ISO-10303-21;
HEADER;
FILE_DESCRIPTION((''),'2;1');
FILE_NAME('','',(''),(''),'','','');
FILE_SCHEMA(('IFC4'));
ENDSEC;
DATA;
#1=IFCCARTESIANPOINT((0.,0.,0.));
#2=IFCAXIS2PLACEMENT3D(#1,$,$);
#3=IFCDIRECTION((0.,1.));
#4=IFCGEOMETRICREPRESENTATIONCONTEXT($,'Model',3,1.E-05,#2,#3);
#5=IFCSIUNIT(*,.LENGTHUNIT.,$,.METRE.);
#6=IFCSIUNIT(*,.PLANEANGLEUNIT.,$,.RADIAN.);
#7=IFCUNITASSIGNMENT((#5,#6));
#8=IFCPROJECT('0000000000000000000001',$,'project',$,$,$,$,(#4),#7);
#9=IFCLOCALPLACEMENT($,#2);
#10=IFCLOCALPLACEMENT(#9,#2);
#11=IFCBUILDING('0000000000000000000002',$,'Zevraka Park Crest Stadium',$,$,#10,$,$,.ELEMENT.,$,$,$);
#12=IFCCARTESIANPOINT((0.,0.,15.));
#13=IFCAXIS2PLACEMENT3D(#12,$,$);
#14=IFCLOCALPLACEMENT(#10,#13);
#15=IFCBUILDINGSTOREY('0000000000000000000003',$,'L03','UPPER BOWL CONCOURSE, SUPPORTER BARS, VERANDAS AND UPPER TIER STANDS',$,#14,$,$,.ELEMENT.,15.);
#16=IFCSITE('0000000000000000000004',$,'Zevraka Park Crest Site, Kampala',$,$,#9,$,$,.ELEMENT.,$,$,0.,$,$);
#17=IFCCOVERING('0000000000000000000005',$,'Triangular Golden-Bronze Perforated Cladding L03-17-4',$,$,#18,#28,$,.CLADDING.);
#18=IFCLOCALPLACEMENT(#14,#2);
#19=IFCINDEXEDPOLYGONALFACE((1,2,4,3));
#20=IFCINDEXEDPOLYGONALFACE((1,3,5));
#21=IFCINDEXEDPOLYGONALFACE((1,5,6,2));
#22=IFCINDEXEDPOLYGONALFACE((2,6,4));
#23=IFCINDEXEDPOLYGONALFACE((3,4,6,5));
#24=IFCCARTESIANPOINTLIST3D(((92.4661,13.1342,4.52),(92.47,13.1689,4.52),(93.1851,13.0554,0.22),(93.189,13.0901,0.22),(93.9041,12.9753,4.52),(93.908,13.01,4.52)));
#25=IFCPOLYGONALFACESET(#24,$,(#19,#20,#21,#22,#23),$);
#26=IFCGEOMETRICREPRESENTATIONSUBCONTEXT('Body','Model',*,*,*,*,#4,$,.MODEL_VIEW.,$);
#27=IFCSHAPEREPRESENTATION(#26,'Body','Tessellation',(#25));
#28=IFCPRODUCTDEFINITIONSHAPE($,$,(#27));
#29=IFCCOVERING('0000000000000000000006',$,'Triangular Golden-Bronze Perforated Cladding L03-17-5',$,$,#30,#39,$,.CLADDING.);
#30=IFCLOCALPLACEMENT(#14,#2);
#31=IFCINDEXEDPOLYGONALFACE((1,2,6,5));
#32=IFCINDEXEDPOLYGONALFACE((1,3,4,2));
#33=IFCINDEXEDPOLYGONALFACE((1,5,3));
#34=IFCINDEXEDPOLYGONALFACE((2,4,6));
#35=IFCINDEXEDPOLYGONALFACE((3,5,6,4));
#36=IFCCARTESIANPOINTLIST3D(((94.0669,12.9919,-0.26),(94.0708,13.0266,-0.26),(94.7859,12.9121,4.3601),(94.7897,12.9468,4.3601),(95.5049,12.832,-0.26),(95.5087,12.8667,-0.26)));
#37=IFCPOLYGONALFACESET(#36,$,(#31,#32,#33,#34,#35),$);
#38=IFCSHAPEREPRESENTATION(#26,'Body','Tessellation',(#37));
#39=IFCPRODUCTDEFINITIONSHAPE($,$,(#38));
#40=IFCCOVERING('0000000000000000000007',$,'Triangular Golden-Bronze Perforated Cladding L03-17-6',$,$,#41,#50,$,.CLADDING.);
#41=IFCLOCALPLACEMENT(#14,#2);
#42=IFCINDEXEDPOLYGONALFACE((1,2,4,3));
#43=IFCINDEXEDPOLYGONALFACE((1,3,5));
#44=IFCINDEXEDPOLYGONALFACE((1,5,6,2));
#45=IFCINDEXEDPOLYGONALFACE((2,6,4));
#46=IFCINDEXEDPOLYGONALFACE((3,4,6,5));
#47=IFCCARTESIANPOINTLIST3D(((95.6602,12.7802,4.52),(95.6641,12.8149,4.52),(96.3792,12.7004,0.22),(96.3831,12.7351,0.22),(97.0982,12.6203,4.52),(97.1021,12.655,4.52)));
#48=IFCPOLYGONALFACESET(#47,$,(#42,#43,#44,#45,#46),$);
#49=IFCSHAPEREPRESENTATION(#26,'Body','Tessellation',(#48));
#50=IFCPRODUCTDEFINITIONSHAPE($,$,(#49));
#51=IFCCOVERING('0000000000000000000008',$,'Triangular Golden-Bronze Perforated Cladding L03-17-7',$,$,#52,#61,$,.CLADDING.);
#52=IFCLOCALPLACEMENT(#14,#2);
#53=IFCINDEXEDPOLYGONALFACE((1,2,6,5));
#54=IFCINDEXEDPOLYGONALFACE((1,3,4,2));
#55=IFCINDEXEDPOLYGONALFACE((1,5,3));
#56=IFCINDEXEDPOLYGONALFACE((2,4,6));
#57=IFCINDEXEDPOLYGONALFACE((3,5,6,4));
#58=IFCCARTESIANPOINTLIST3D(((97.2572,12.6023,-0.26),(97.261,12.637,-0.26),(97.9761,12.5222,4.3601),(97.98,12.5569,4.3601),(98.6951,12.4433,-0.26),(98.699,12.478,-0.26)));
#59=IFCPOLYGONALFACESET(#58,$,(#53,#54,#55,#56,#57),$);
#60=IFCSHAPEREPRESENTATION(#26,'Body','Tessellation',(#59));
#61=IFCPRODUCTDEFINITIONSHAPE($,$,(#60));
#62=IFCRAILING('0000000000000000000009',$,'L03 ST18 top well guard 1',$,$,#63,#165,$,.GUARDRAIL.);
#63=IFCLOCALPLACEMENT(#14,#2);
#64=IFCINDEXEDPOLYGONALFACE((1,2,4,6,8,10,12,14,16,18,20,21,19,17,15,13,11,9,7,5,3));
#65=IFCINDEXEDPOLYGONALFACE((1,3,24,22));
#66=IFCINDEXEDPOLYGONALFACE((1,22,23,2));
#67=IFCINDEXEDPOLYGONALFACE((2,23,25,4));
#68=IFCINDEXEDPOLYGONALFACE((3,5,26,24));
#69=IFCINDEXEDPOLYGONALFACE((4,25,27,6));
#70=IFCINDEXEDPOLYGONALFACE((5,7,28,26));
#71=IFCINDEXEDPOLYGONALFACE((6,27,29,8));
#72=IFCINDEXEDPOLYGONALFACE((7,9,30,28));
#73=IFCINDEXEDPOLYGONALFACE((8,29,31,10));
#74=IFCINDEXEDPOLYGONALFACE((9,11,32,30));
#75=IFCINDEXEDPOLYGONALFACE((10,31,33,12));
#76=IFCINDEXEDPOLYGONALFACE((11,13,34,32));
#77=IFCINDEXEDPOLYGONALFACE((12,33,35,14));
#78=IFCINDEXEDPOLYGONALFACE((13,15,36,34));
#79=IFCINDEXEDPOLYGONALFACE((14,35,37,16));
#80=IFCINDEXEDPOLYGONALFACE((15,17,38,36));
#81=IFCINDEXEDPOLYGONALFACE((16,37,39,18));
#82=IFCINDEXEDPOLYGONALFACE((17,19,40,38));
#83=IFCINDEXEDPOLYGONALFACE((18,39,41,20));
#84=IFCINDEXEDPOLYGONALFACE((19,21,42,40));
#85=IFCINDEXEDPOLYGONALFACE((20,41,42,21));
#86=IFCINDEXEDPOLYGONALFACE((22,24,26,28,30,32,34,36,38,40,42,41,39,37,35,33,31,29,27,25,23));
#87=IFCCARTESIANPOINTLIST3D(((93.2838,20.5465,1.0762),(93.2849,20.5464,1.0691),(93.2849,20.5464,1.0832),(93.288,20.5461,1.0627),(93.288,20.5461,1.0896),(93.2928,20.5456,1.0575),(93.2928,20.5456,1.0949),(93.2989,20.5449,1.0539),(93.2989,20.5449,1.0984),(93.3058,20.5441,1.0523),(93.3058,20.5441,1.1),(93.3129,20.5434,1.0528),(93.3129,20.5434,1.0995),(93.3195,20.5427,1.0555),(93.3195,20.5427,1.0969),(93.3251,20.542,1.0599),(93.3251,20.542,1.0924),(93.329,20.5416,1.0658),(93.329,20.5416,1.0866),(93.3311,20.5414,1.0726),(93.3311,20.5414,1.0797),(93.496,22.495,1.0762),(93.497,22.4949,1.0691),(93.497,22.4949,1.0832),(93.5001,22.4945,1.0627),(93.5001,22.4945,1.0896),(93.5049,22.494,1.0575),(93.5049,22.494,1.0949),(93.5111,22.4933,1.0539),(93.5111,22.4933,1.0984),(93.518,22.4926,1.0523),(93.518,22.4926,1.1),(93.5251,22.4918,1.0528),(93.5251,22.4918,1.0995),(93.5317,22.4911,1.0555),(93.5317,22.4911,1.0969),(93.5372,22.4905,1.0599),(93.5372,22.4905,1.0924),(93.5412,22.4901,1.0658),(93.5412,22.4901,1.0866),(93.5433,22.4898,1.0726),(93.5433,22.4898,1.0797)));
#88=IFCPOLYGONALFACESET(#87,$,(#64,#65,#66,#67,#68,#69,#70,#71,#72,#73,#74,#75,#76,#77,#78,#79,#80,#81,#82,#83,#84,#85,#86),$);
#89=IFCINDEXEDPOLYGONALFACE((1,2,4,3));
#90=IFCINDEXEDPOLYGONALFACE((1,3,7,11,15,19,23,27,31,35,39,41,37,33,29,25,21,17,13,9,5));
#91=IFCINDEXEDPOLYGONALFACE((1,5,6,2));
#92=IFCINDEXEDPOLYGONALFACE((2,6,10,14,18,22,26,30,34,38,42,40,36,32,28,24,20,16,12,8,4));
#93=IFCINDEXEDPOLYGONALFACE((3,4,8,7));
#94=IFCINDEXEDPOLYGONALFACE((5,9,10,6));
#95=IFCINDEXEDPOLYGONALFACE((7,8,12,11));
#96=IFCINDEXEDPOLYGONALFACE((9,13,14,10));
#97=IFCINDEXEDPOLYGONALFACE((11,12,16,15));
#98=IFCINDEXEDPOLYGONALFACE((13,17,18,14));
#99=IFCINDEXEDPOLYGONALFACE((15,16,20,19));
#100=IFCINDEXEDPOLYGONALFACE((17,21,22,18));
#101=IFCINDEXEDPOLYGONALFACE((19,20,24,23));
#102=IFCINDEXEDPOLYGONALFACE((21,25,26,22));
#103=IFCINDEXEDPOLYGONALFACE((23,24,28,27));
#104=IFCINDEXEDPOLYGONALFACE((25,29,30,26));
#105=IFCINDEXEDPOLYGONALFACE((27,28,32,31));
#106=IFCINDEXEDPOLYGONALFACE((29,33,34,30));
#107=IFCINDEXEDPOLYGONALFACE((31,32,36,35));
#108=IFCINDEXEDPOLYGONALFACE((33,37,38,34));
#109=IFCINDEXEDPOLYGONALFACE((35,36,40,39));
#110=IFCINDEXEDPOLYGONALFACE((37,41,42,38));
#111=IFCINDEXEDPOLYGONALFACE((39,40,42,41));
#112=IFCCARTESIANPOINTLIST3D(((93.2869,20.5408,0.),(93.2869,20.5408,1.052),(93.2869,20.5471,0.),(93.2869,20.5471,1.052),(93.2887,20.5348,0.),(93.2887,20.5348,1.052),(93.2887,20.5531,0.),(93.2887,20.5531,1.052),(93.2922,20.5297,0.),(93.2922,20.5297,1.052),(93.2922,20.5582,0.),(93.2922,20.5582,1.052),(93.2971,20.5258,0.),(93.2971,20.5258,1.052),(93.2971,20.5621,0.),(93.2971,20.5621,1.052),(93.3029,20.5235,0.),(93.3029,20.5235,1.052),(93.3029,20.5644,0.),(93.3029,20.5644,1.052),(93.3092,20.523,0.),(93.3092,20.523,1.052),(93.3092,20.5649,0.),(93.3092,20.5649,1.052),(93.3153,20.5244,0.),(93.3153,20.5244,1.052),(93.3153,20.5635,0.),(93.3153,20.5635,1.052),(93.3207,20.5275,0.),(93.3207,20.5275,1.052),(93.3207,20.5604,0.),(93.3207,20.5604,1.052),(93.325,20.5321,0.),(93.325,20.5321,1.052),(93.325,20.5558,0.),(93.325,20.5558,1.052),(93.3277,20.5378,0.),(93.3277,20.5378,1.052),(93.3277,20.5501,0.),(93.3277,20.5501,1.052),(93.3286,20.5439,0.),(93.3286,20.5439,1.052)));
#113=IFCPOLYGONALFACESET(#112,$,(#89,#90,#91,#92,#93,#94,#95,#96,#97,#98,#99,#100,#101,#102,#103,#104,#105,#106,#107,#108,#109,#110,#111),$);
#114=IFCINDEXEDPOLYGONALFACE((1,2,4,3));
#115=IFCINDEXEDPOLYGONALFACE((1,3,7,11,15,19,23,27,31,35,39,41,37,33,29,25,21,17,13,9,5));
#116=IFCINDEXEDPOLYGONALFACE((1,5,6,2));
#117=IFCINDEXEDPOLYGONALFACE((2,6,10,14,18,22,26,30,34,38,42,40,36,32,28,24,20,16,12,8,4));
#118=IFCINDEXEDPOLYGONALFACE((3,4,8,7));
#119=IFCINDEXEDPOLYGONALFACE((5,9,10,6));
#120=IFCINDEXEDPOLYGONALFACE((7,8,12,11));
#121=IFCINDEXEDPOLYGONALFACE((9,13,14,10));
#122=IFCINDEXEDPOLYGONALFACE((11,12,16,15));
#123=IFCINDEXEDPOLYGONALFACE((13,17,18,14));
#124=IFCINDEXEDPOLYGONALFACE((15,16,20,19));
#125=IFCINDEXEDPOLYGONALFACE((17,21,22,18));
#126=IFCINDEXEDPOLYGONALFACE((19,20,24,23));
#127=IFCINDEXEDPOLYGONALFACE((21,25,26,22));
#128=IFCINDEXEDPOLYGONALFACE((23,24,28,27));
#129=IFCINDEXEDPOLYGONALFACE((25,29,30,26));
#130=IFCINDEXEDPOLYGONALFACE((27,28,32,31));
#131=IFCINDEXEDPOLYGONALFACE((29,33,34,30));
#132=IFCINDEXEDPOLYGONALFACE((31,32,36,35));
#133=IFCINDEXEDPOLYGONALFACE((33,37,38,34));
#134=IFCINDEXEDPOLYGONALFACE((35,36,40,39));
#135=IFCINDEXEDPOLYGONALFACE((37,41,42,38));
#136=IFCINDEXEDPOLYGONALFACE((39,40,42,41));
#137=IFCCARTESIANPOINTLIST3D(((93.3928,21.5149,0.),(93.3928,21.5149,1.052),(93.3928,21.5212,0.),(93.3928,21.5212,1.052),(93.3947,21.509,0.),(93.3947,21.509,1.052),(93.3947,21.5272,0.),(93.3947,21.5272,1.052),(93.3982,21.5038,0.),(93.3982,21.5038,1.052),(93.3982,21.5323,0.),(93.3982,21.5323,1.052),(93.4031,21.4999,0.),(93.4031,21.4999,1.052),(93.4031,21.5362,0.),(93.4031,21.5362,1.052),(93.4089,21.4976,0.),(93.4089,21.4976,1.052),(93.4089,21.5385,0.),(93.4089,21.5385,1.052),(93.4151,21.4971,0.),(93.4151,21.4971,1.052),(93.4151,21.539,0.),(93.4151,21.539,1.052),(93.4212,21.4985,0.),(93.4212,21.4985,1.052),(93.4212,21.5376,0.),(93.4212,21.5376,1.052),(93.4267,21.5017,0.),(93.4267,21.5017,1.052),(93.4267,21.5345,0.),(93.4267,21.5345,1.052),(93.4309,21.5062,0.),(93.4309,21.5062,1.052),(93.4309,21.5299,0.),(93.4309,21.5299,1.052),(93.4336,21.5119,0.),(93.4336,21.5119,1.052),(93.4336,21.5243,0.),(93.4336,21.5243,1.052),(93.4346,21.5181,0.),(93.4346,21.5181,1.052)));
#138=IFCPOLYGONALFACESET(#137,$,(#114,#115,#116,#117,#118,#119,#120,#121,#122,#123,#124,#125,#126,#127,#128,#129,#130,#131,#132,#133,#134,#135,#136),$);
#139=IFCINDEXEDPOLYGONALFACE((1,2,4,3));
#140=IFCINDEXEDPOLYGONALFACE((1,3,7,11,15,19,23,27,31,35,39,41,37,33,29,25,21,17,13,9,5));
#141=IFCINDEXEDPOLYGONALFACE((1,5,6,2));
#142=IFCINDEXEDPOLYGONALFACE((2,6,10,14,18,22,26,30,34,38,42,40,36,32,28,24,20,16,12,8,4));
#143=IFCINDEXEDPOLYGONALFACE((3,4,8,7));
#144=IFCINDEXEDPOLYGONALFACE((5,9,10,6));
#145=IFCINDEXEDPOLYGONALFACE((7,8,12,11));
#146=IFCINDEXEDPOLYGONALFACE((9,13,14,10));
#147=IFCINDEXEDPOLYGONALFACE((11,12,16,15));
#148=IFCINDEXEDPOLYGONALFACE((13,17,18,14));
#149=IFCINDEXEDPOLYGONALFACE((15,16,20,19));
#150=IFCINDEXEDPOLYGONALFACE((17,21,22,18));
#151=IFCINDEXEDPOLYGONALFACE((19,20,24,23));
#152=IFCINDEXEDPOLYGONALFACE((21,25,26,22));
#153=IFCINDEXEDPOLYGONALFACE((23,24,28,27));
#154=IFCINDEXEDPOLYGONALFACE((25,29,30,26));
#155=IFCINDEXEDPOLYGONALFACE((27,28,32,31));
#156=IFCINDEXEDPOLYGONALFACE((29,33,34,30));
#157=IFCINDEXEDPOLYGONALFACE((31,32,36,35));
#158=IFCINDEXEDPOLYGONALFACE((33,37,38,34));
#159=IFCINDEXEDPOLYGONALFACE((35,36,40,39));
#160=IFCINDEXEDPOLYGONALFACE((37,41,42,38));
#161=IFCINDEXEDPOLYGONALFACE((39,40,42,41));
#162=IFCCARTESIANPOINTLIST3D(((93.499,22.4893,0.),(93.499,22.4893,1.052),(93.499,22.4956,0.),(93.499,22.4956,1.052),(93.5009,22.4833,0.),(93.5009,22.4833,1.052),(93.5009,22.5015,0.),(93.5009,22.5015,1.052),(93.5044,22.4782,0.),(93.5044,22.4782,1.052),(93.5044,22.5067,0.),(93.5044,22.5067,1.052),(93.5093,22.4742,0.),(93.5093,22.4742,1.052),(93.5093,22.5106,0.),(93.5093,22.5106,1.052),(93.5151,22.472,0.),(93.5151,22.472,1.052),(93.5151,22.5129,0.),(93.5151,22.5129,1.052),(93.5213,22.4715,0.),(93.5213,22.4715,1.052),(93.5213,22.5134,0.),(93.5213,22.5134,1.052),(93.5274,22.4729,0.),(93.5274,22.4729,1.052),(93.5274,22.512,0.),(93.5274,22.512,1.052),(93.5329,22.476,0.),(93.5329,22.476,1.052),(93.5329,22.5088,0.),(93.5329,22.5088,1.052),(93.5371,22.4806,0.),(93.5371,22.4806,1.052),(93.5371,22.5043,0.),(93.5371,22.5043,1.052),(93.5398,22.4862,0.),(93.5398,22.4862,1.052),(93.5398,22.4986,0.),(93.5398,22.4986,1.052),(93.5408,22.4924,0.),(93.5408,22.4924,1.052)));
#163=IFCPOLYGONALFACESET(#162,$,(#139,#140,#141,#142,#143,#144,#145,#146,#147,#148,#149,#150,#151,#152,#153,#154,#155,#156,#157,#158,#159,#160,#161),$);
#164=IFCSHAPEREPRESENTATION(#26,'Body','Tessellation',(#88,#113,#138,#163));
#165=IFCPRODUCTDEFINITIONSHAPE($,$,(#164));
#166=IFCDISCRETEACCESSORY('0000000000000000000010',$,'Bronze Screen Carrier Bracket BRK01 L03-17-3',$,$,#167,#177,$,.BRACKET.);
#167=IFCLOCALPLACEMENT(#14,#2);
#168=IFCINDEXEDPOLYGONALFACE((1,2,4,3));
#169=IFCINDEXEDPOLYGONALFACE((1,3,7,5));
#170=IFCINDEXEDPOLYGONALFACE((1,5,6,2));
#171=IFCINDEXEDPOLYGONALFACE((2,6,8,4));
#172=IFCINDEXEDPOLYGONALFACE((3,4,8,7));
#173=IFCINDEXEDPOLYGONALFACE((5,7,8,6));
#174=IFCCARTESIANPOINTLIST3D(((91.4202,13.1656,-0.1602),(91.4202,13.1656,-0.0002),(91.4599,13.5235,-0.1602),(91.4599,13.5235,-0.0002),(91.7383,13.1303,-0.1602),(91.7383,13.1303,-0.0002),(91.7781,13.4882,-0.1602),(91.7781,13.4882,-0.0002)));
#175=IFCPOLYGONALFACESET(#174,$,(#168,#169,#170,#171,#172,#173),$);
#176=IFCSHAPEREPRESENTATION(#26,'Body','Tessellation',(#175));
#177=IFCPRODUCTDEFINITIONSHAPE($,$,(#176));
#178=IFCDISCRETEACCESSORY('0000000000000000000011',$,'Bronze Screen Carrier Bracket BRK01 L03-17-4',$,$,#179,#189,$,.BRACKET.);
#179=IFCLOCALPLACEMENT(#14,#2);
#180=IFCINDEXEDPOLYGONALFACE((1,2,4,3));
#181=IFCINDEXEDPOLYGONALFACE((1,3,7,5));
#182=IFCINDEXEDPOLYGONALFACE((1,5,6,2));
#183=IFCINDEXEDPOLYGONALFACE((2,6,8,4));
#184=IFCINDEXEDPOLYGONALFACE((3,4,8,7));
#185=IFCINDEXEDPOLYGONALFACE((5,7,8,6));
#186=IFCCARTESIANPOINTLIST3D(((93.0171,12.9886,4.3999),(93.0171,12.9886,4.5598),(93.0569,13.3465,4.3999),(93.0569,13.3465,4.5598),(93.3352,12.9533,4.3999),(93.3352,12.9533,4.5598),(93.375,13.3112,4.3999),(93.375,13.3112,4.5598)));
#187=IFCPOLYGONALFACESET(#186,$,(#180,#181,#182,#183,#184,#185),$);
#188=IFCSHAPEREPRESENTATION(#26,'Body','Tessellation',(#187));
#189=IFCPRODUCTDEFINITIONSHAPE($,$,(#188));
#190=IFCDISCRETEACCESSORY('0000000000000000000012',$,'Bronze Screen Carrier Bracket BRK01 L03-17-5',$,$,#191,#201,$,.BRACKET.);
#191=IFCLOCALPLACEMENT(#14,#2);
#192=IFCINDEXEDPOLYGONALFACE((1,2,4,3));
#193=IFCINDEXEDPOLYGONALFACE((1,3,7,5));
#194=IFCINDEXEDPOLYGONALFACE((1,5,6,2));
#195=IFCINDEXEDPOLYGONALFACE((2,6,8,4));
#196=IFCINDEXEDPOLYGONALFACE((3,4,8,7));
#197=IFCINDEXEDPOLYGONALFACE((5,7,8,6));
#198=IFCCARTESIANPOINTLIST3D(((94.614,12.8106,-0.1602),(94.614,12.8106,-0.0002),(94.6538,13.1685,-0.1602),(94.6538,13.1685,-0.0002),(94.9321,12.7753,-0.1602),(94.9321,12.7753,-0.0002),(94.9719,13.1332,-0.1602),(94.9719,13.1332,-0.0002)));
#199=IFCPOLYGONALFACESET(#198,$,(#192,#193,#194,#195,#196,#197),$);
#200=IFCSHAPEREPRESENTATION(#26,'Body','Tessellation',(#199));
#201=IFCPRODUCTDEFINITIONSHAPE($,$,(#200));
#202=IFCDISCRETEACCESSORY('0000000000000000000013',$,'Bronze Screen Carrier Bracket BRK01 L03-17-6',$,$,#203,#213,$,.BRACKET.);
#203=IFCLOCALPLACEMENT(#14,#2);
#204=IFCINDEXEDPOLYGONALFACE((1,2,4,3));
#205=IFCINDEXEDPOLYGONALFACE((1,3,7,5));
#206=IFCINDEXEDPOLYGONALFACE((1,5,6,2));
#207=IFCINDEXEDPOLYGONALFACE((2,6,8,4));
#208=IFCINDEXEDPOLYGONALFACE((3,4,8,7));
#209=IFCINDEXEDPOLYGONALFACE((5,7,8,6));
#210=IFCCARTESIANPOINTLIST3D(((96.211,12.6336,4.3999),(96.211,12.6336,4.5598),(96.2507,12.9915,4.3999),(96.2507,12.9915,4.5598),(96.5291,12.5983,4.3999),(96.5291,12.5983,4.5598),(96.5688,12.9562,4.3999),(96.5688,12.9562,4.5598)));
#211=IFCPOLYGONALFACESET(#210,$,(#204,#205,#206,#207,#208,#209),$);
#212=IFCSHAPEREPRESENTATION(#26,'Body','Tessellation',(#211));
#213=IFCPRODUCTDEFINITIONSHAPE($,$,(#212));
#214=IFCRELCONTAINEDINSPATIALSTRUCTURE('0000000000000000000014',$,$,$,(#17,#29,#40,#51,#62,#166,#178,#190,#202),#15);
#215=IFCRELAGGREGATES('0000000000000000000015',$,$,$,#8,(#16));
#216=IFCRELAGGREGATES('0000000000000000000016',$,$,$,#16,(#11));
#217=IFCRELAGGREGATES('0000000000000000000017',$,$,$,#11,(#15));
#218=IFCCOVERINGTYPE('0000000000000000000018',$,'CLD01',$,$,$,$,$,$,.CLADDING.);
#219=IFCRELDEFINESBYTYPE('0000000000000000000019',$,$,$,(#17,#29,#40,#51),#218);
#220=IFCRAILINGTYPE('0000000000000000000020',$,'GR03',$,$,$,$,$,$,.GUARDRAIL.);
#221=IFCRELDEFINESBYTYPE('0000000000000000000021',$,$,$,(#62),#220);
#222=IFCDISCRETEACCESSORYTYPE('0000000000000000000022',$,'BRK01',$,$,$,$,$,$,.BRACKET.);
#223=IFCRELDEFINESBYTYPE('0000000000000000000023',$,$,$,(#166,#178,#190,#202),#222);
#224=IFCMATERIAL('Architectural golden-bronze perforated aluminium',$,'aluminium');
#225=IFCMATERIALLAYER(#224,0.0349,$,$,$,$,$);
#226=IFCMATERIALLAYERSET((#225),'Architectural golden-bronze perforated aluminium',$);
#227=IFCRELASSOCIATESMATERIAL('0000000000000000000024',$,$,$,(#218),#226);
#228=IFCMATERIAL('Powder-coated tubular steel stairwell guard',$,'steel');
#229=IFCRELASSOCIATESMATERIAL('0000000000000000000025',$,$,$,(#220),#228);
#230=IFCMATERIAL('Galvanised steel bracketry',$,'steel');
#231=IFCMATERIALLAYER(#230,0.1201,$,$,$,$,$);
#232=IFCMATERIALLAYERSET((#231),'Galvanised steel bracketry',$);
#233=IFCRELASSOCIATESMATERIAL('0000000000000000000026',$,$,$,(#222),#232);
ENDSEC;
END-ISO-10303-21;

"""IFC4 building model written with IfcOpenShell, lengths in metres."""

from ifc_helpers import new_model, si_unit, direction, frame, origin, origin_2d, place, context, subcontext, project, spatial, polyline, rectangle, circle, outline, extrude, material, layer, layer_set, type_object, element, save


model = new_model("IFC4")

# Units and contexts
model_context = context("Model", 3, precision=1e-05, world=origin(), true_north=direction((0.0, 1.0)))
body_context = subcontext(model_context, "Body", "Model", "MODEL_VIEW")
ifc_project = project(units=[si_unit("LENGTHUNIT", "METRE"), si_unit("PLANEANGLEUNIT", "RADIAN")], contexts=[model_context])

# Site, building, storey
site_placement = place(None, origin())
site = spatial("IfcSite", under=ifc_project, at=site_placement, Name="Zevraka Park Crest Site, Kampala", CompositionType="ELEMENT", RefElevation=0.0)
building_placement = place(site_placement, origin())
building = spatial("IfcBuilding", under=site, at=building_placement, Name="Zevraka Park Crest Stadium", CompositionType="ELEMENT")
storey_placement = place(building_placement, frame((0.0, 0.0, 15.0)))
storey = spatial("IfcBuildingStorey", under=building, at=storey_placement, Name="L03", Description="UPPER BOWL CONCOURSE, SUPPORTER BARS, VERANDAS AND UPPER TIER STANDS", CompositionType="ELEMENT", Elevation=15.0)

# Coverings
ifc_material_1 = material(Name="Architectural golden-bronze perforated aluminium", Category="aluminium")
ifc_layer_1 = layer(ifc_material_1, 0.0349)
ifc_layer_set_1 = layer_set([ifc_layer_1], Name="Architectural golden-bronze perforated aluminium")
covering_type = type_object("IfcCoveringType", Name="CLD01", PredefinedType="CLADDING", material=ifc_layer_set_1)
covering_1_placement = place(storey_placement, frame((93.908, 13.01, 4.52), z_axis=(0.109857, 0.993947, 0.000141), x_axis=(-0.993947, 0.109857, 0.0)))
element("IfcCovering", 1, at=covering_1_placement, inside=storey, type_object=covering_type, Name="Triangular Golden-Bronze Perforated Cladding L03-17-4", PredefinedType="CLADDING", context=body_context, shape_type="SweptSolid", body=[
    extrude(outline(polyline([(0.0, 0.0), (1.4467, 0.0), (0.7234, -4.3), (0.0, 0.0)])), origin(), (0.0, 0.0, -1.0), 0.0349),
])
covering_2_placement = place(storey_placement, frame((94.0669, 12.9919, -0.26), z_axis=(-0.110524, -0.993873, 0.000026), x_axis=(0.993873, -0.110524, 0.0)))
element("IfcCovering", 2, at=covering_2_placement, inside=storey, type_object=covering_type, Name="Triangular Golden-Bronze Perforated Cladding L03-17-5", PredefinedType="CLADDING", context=body_context, shape_type="SweptSolid", body=[
    extrude(outline(polyline([(0.0, 0.0), (1.4469, 0.0), (0.7234, 4.6201), (0.0, 0.0)])), origin(), (0.0, 0.0, -1.0), 0.0349),
])
covering_3_placement = place(storey_placement, frame((97.1021, 12.655, 4.52), z_axis=(0.110524, 0.993873, 0.000028), x_axis=(-0.993873, 0.110524, 0.0)))
element("IfcCovering", 3, at=covering_3_placement, inside=storey, type_object=covering_type, Name="Triangular Golden-Bronze Perforated Cladding L03-17-6", PredefinedType="CLADDING", context=body_context, shape_type="SweptSolid", body=[
    extrude(outline(polyline([(0.0, 0.0), (1.4469, 0.0), (0.7234, -4.3), (0.0, 0.0)])), origin(), (0.0, 0.0, -1.0), 0.0349),
])
covering_4_placement = place(storey_placement, frame((97.261, 12.637, -0.26), z_axis=(0.109857, 0.993947, 0.000131), x_axis=(0.993947, -0.109857, 0.0)))
element("IfcCovering", 4, at=covering_4_placement, inside=storey, type_object=covering_type, Name="Triangular Golden-Bronze Perforated Cladding L03-17-7", PredefinedType="CLADDING", context=body_context, shape_type="SweptSolid", body=[
    extrude(outline(polyline([(0.0, 0.0), (1.4467, 0.0), (0.7234, -4.6201), (0.0, 0.0)])), origin(), (0.0, 0.0, -1.0), 0.0349),
])

# Railing
ifc_material_2 = material(Name="Powder-coated tubular steel stairwell guard", Category="steel")
railing_type = type_object("IfcRailingType", Name="GR03", PredefinedType="GUARDRAIL", material=ifc_material_2)
railing_placement = place(storey_placement, frame((93.3076, 20.5439, 0.0)))
element("IfcRailing", 5, at=railing_placement, inside=storey, type_object=railing_type, Name="L03 ST18 top well guard 1", PredefinedType="GUARDRAIL", context=body_context, shape_type="SweptSolid", body=[
    extrude(circle(Radius=0.0239, at=origin_2d()), frame((0.0, 0.0, 1.0762), z_axis=(0.108244, 0.994124, 0.0), x_axis=(-0.994124, 0.108244, 0.0)), (0.0, 0.0, 1.0), 1.96),
    extrude(circle(Radius=0.021, at=origin_2d()), origin(), (0.0, 0.0, 1.0), 1.052),
    extrude(circle(Radius=0.021, at=origin_2d()), frame((0.106, 0.9741, 0.0)), (0.0, 0.0, 1.0), 1.052),
    extrude(circle(Radius=0.021, at=origin_2d()), frame((0.2122, 1.9485, 0.0)), (0.0, 0.0, 1.0), 1.052),
])

# Discrete accessories
ifc_material_3 = material(Name="Galvanised steel bracketry", Category="steel")
ifc_layer_2 = layer(ifc_material_3, 0.1201)
ifc_layer_set_2 = layer_set([ifc_layer_2], Name="Galvanised steel bracketry")
discrete_accessory_type = type_object("IfcDiscreteAccessoryType", Name="BRK01", PredefinedType="BRACKET", material=ifc_layer_set_2)
for number, where, z_axis, x_axis, name in (
    (6, (91.5991, 13.3269, -0.1602), (0.0, 0.0, 1.0), (0.993884, -0.110428, 0.0), "Bronze Screen Carrier Bracket BRK01 L03-17-3"),
    (7, (93.196, 13.1499, 4.3999), (0.0, 0.0, 1.0), (0.993884, -0.110428, 0.0), "Bronze Screen Carrier Bracket BRK01 L03-17-4"),
    (8, (94.793, 12.9719, -0.1602), (0.0, 0.0, 1.0), (0.993884, -0.110428, 0.0), "Bronze Screen Carrier Bracket BRK01 L03-17-5"),
    (9, (96.3899, 12.7949, 4.3999), (0.0, 0.0, 1.0), (0.993884, -0.110428, 0.0), "Bronze Screen Carrier Bracket BRK01 L03-17-6"),
):
    element("IfcDiscreteAccessory", number, at=place(storey_placement, frame(where, z_axis=z_axis, x_axis=x_axis)), inside=storey, type_object=discrete_accessory_type, Name=name, PredefinedType="BRACKET", context=body_context, shape_type="SweptSolid", body=[
        extrude(rectangle(XDim=0.3201, YDim=0.3601, at=origin_2d()), origin(), (0.0, 0.0, 1.0), 0.1599),
    ])

save(model, "model.ifc")
